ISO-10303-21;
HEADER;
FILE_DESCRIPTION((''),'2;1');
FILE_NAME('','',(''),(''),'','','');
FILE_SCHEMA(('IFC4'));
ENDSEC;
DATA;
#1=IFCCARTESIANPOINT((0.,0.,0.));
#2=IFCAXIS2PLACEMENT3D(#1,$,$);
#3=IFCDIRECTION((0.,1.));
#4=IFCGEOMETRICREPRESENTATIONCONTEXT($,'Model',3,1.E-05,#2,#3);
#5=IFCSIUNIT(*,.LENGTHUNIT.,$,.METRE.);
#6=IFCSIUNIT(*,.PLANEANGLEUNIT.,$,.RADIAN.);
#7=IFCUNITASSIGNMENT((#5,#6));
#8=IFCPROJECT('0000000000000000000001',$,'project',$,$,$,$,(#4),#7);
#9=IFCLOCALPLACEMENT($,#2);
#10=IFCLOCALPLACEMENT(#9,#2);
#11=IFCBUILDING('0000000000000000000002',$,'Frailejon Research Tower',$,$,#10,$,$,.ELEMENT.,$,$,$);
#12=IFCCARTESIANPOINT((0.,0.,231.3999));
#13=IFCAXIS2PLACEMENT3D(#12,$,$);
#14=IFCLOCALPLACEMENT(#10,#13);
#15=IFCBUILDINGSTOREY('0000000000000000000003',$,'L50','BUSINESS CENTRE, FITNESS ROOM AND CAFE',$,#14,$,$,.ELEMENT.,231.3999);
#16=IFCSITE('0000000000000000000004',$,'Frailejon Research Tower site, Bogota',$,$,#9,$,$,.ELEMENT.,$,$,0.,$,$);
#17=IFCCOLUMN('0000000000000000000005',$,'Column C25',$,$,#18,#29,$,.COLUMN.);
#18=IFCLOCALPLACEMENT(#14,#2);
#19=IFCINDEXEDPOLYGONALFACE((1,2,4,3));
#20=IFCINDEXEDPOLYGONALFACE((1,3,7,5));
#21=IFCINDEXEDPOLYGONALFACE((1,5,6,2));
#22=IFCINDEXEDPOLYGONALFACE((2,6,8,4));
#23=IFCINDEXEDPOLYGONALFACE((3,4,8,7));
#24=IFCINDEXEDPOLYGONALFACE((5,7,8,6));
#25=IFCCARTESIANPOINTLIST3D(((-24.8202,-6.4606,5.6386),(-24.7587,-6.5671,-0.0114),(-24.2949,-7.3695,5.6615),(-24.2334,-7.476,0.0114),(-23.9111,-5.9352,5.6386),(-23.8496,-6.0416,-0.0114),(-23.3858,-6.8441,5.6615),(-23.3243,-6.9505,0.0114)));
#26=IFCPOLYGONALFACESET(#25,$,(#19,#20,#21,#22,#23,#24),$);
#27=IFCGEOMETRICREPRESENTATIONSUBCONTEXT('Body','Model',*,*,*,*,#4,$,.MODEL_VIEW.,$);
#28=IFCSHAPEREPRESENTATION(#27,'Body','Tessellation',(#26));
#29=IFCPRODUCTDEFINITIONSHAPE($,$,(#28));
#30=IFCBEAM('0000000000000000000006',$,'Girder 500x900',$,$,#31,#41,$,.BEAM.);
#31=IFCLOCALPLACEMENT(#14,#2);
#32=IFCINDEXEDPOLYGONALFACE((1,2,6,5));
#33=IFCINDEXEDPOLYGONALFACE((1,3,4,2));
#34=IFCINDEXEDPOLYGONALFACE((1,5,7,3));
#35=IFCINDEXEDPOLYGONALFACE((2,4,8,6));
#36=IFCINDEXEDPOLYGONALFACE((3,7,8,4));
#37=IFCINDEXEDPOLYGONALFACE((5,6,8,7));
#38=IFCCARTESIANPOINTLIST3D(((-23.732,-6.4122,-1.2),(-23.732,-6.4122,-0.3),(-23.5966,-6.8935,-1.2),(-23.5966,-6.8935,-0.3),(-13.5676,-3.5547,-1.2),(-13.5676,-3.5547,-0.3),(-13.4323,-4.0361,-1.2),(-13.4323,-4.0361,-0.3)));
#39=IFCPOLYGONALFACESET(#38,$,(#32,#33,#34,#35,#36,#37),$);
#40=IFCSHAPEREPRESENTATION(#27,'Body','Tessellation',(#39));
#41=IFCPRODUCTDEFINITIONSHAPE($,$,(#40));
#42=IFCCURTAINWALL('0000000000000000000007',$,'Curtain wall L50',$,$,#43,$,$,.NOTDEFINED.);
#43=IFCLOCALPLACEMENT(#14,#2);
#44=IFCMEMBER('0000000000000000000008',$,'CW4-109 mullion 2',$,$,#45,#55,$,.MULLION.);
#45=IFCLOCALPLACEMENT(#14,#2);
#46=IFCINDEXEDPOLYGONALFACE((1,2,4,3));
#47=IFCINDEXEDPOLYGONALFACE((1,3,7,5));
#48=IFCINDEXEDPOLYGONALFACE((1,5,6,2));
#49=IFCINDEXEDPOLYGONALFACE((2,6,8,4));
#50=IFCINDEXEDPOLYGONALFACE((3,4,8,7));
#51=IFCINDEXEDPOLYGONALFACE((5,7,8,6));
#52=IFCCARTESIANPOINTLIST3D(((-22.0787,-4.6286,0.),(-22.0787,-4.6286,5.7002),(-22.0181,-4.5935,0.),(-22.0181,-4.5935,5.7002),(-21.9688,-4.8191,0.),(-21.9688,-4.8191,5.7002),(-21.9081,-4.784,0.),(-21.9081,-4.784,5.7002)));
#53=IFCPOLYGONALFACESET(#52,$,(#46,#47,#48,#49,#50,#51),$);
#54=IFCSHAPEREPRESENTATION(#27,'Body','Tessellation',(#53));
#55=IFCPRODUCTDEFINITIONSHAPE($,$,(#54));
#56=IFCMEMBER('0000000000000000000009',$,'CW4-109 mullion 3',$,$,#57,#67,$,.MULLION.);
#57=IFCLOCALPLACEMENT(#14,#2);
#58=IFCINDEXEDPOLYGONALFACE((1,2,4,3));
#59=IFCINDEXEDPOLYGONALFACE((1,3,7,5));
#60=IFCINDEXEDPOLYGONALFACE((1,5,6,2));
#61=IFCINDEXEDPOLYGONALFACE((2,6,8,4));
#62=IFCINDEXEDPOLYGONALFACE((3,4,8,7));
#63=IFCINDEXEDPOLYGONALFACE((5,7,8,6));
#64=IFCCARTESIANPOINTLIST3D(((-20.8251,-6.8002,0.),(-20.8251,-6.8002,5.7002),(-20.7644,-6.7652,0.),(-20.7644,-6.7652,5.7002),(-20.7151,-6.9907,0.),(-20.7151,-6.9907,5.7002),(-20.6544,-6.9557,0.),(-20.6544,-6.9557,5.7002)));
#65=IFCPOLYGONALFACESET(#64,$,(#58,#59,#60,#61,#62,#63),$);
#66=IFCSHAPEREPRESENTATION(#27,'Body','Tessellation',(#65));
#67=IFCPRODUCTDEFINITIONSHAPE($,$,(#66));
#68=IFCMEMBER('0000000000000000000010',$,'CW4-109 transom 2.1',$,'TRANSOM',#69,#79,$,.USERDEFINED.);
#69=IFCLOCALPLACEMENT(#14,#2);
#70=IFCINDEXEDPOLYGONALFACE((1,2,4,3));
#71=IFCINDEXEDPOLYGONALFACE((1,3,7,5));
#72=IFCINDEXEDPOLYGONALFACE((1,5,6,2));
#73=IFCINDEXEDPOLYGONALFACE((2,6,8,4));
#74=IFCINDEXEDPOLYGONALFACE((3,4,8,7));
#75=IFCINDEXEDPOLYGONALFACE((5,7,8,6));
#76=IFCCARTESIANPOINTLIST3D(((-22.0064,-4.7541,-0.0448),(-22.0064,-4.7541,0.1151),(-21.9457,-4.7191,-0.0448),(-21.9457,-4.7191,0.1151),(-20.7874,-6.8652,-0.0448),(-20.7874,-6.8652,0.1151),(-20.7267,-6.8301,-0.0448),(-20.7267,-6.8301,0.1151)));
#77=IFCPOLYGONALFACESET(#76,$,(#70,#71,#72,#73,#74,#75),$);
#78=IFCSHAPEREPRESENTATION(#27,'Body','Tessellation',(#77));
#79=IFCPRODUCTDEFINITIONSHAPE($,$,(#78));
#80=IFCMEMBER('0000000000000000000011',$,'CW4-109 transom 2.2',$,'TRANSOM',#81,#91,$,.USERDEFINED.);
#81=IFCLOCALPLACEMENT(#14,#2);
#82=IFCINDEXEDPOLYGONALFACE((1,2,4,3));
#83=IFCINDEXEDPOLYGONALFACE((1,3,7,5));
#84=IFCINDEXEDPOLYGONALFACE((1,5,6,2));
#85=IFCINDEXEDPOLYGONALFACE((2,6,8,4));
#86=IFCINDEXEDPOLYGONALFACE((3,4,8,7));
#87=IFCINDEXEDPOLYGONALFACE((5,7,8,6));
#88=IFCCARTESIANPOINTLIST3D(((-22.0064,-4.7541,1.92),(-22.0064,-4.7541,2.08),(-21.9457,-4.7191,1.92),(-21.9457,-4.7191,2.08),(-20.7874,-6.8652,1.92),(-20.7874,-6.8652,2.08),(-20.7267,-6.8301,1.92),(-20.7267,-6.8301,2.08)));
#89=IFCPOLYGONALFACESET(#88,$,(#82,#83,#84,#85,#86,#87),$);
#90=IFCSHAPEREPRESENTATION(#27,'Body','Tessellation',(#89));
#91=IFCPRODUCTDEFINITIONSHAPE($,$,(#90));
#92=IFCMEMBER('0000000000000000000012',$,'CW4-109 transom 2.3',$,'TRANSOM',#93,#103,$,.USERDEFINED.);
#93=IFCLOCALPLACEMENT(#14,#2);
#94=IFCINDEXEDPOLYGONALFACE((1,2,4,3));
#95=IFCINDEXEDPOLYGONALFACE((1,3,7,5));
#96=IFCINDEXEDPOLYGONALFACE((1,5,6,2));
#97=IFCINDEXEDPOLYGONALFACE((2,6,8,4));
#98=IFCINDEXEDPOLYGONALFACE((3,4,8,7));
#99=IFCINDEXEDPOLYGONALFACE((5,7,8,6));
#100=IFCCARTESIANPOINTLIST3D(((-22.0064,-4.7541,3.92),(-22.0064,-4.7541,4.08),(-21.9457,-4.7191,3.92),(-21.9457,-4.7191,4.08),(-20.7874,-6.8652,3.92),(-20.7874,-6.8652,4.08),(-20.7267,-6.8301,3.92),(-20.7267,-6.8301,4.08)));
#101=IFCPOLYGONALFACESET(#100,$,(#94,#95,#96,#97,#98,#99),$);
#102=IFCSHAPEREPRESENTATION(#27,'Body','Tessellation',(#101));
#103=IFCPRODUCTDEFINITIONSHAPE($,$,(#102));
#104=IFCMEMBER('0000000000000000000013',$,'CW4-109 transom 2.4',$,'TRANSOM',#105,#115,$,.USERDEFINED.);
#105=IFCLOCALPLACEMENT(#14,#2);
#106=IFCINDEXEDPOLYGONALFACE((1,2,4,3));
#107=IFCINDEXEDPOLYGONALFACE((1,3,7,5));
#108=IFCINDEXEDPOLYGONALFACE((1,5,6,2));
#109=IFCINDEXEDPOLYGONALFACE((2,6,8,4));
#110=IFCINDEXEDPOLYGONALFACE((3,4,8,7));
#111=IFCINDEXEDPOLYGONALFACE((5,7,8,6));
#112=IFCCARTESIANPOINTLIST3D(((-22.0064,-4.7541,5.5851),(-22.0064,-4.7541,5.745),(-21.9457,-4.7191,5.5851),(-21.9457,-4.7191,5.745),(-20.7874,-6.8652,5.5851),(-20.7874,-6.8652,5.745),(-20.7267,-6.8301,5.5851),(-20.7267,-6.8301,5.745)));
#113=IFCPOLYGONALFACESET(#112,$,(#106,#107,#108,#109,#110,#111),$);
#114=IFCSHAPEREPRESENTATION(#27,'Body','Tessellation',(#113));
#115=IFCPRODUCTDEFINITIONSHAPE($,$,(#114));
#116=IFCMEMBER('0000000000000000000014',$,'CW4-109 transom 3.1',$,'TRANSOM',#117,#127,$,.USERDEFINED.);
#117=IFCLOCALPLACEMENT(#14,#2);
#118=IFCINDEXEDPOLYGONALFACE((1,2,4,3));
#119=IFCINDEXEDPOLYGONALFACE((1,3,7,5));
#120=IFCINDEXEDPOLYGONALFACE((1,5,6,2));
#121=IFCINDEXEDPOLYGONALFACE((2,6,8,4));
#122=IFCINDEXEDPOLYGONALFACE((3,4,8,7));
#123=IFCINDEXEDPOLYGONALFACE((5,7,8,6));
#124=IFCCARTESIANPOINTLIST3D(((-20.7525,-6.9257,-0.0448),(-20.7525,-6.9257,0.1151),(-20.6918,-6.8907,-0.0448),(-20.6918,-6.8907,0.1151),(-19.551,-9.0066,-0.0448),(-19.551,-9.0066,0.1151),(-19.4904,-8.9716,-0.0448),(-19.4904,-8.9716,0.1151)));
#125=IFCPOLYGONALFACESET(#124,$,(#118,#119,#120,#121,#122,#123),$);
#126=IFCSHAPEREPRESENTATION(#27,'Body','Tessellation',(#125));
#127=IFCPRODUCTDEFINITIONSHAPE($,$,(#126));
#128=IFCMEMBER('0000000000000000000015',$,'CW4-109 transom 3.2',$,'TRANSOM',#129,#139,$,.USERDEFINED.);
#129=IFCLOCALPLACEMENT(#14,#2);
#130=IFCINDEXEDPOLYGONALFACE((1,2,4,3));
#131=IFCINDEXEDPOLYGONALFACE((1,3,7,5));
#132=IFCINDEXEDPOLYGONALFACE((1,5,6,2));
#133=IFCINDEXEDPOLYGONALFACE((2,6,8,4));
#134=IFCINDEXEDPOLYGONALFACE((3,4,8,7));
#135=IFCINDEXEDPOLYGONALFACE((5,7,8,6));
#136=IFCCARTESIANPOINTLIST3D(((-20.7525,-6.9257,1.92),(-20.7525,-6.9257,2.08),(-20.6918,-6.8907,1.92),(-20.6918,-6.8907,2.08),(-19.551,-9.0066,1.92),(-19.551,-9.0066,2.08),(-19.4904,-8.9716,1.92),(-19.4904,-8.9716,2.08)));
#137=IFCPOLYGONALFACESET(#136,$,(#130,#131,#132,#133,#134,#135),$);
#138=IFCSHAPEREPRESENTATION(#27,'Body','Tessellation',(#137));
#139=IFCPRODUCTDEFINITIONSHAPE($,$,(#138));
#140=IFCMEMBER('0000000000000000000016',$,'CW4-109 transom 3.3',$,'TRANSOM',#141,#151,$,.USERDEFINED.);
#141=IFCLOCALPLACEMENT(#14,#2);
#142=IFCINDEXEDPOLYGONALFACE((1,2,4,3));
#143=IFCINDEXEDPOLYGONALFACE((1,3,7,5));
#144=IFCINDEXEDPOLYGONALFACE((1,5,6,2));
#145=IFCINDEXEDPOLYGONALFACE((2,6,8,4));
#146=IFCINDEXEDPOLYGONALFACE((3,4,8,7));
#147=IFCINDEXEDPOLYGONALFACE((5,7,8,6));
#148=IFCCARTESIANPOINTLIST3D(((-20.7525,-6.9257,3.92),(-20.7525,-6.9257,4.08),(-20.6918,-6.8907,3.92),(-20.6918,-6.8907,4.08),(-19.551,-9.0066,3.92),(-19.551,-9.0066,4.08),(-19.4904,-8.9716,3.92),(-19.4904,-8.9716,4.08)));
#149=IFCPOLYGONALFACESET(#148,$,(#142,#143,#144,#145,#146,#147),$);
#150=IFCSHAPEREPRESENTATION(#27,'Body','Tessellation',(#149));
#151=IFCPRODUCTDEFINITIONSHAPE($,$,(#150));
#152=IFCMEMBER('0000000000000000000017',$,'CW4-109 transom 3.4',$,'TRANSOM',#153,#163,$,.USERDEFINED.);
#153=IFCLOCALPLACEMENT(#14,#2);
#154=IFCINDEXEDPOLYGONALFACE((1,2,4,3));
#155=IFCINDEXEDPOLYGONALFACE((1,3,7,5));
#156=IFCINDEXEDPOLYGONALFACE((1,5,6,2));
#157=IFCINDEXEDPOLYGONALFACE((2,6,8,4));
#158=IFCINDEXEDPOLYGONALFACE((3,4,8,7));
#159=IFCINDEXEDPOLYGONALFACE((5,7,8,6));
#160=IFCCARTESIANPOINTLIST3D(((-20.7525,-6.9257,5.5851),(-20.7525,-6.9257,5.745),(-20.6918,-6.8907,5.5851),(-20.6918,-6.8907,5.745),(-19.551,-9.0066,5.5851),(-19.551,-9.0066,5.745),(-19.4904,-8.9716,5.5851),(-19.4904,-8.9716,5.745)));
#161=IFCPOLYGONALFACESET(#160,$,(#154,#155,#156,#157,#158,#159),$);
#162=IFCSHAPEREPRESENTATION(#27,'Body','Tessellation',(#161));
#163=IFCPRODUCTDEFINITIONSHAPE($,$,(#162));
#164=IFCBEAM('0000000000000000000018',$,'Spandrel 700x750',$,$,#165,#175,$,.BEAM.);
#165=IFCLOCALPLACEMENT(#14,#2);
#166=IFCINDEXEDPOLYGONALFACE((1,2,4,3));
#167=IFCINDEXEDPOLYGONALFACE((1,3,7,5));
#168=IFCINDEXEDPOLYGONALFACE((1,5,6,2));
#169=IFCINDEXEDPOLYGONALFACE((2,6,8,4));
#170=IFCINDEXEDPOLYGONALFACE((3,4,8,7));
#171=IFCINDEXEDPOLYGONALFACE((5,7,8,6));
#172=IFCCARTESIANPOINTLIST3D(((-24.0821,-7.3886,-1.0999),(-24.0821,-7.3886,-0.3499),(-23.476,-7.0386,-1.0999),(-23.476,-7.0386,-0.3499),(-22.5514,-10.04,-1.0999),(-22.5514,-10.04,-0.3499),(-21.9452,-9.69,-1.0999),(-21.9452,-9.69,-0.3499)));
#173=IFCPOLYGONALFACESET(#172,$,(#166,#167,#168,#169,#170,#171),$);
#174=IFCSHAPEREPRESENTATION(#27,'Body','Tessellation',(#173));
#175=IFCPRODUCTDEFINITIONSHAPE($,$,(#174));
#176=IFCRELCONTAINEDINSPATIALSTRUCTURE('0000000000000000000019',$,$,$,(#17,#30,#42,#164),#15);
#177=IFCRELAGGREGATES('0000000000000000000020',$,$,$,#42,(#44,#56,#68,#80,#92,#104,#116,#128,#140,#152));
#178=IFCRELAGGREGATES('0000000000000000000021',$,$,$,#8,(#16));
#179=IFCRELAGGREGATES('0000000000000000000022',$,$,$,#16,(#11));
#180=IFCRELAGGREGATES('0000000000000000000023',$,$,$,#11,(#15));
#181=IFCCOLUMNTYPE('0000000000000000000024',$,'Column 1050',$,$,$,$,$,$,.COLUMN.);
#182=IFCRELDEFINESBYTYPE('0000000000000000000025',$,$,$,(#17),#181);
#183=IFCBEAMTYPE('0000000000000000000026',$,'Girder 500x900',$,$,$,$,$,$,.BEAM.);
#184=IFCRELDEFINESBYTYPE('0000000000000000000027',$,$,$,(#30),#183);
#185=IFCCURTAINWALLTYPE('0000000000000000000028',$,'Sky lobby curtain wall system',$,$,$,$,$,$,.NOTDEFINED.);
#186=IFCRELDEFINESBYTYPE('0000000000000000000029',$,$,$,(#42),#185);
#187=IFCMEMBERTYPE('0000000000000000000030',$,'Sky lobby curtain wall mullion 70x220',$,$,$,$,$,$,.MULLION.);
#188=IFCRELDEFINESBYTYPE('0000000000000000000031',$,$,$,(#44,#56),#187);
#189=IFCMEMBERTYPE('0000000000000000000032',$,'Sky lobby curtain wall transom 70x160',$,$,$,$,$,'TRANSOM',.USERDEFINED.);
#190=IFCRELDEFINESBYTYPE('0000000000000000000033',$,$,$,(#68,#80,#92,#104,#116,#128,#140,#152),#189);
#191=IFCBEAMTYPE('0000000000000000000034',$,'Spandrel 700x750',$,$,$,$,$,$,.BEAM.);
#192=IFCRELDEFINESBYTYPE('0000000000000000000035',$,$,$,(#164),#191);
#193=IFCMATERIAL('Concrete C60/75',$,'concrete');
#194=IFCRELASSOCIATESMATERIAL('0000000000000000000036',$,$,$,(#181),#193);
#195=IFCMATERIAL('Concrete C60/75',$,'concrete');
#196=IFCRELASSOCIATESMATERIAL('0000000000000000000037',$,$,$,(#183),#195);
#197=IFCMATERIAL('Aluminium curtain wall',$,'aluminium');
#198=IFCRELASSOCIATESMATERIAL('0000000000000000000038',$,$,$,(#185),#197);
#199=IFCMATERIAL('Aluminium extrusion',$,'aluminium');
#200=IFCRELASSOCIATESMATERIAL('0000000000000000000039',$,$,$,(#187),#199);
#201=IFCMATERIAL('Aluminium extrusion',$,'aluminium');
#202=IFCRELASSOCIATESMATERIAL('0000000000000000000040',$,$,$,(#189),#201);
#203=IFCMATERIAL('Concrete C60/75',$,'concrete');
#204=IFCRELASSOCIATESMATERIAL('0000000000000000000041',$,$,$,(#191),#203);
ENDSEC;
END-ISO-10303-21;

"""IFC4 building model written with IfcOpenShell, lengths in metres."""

from ifc_helpers import new_model, si_unit, direction, frame, origin, origin_2d, place, context, subcontext, project, spatial, rectangle, extrude, material, material_profile, profile_set, type_object, element, aggregate, save


model = new_model("IFC4")

# Units and contexts
model_context = context("Model", 3, precision=1e-05, world=origin(), true_north=direction((0.0, 1.0)))
body_context = subcontext(model_context, "Body", "Model", "MODEL_VIEW")
ifc_project = project(units=[si_unit("LENGTHUNIT", "METRE"), si_unit("PLANEANGLEUNIT", "RADIAN")], contexts=[model_context])

# Site, building, storey
site_placement = place(None, origin())
site = spatial("IfcSite", under=ifc_project, at=site_placement, Name="Frailejon Research Tower site, Bogota", CompositionType="ELEMENT", RefElevation=0.0)
building_placement = place(site_placement, origin())
building = spatial("IfcBuilding", under=site, at=building_placement, Name="Frailejon Research Tower", CompositionType="ELEMENT")
storey_placement = place(building_placement, frame((0.0, 0.0, 231.3999)))
storey = spatial("IfcBuildingStorey", under=building, at=storey_placement, Name="L50", Description="BUSINESS CENTRE, FITNESS ROOM AND CAFE", CompositionType="ELEMENT", Elevation=231.3999)

# Column
ifc_material_1 = material(Name="Concrete C60/75", Category="concrete")
ifc_material_profile_1 = material_profile(ifc_material_1, rectangle(XDim=1.05, YDim=1.05, at=origin_2d()), Name="Column 1050")
ifc_profile_set_1 = profile_set([ifc_material_profile_1], Name="Concrete C60/75")
column_type = type_object("IfcColumnType", Name="Column 1050", PredefinedType="COLUMN", material=ifc_profile_set_1)
column_placement = place(storey_placement, frame((-24.0415, -6.7588, 0.0), z_axis=(-0.010886, 0.018835, 0.999763), x_axis=(0.500282, -0.865589, 0.021755)))
element("IfcColumn", 1, at=column_placement, inside=storey, type_object=column_type, Name="Column C25", PredefinedType="COLUMN", context=body_context, shape_type="SweptSolid", body=[
    extrude(rectangle(XDim=1.05, YDim=1.05, at=origin_2d()), origin(), (0.0, 0.0, 1.0), 5.6514),
])

# Beam
ifc_material_2 = material(Name="Concrete C60/75", Category="concrete")
ifc_material_profile_2 = material_profile(ifc_material_2, rectangle(XDim=0.5, YDim=0.8999, at=origin_2d()), Name="Girder 500x900")
ifc_profile_set_2 = profile_set([ifc_material_profile_2], Name="Concrete C60/75")
beam_type_1 = type_object("IfcBeamType", Name="Girder 500x900", PredefinedType="BEAM", material=ifc_profile_set_2)
beam_1_placement = place(storey_placement, frame((-23.6643, -6.6528, -0.75), z_axis=(0.962683, 0.270632, 0.0), x_axis=(-0.270632, 0.962683, 0.0)))
element("IfcBeam", 2, at=beam_1_placement, inside=storey, type_object=beam_type_1, Name="Girder 500x900", PredefinedType="BEAM", context=body_context, shape_type="SweptSolid", body=[
    extrude(rectangle(XDim=0.5, YDim=0.8999, at=origin_2d()), origin(), (0.0, 0.0, 1.0), 10.5583),
])

# Curtain wall, members
ifc_material_3 = material(Name="Aluminium curtain wall", Category="aluminium")
curtain_wall_type = type_object("IfcCurtainWallType", Name="Sky lobby curtain wall system", PredefinedType="NOTDEFINED", material=ifc_material_3)
curtain_wall_placement = place(storey_placement, origin())
curtain_wall = element("IfcCurtainWall", 3, at=curtain_wall_placement, inside=storey, type_object=curtain_wall_type, Name="Curtain wall L50", PredefinedType="NOTDEFINED")
ifc_material_4 = material(Name="Aluminium extrusion", Category="aluminium")
ifc_material_profile_3 = material_profile(ifc_material_4, rectangle(XDim=0.0701, YDim=0.22, at=origin_2d()), Name="Sky lobby curtain wall mullion 70x220")
ifc_profile_set_3 = profile_set([ifc_material_profile_3], Name="Aluminium extrusion")
member_type_1 = type_object("IfcMemberType", Name="Sky lobby curtain wall mullion 70x220", PredefinedType="MULLION", material=ifc_profile_set_3)
member_1_placement = place(storey_placement, frame((-21.9934, -4.7063, 0.0), z_axis=(0.0, 0.0, 1.0), x_axis=(0.866025, 0.500001, 0.0)))
member_1 = element("IfcMember", 4, at=member_1_placement, type_object=member_type_1, Name="CW4-109 mullion 2", PredefinedType="MULLION", context=body_context, shape_type="SweptSolid", body=[
    extrude(rectangle(XDim=0.0701, YDim=0.22, at=origin_2d()), origin(), (0.0, 0.0, 1.0), 5.7002),
])
member_2_placement = place(storey_placement, frame((-20.7397, -6.8779, 0.0), z_axis=(0.0, 0.0, 1.0), x_axis=(0.866025, 0.500001, 0.0)))
member_2 = element("IfcMember", 5, at=member_2_placement, type_object=member_type_1, Name="CW4-109 mullion 3", PredefinedType="MULLION", context=body_context, shape_type="SweptSolid", body=[
    extrude(rectangle(XDim=0.0701, YDim=0.22, at=origin_2d()), origin(), (0.0, 0.0, 1.0), 5.7002),
])
ifc_material_5 = material(Name="Aluminium extrusion", Category="aluminium")
ifc_material_profile_4 = material_profile(ifc_material_5, rectangle(XDim=0.0701, YDim=0.1599, at=origin_2d()), Name="Sky lobby curtain wall transom 70x160")
ifc_profile_set_4 = profile_set([ifc_material_profile_4], Name="Aluminium extrusion")
member_type_2 = type_object("IfcMemberType", Name="Sky lobby curtain wall transom 70x160", ElementType="TRANSOM", PredefinedType="USERDEFINED", material=ifc_profile_set_4)
member_3_placement = place(storey_placement, frame((-21.9761, -4.7366, 0.0352), z_axis=(0.500049, -0.865997, 0.0), x_axis=(0.865997, 0.500049, 0.0)))
member_3 = element("IfcMember", 6, at=member_3_placement, type_object=member_type_2, Name="CW4-109 transom 2.1", ObjectType="TRANSOM", PredefinedType="USERDEFINED", context=body_context, shape_type="SweptSolid", body=[
    extrude(rectangle(XDim=0.0701, YDim=0.1599, at=origin_2d()), origin(), (0.0, 0.0, 1.0), 2.4377),
])
member_4_placement = place(storey_placement, frame((-21.9761, -4.7366, 2.0), z_axis=(0.500049, -0.865997, 0.0), x_axis=(0.865997, 0.500049, 0.0)))
member_4 = element("IfcMember", 7, at=member_4_placement, type_object=member_type_2, Name="CW4-109 transom 2.2", ObjectType="TRANSOM", PredefinedType="USERDEFINED", context=body_context, shape_type="SweptSolid", body=[
    extrude(rectangle(XDim=0.0701, YDim=0.1599, at=origin_2d()), origin(), (0.0, 0.0, 1.0), 2.4377),
])
member_5_placement = place(storey_placement, frame((-21.9761, -4.7366, 4.0), z_axis=(0.500049, -0.865997, 0.0), x_axis=(0.865997, 0.500049, 0.0)))
member_5 = element("IfcMember", 8, at=member_5_placement, type_object=member_type_2, Name="CW4-109 transom 2.3", ObjectType="TRANSOM", PredefinedType="USERDEFINED", context=body_context, shape_type="SweptSolid", body=[
    extrude(rectangle(XDim=0.0701, YDim=0.1599, at=origin_2d()), origin(), (0.0, 0.0, 1.0), 2.4377),
])
member_6_placement = place(storey_placement, frame((-21.9761, -4.7366, 5.665), z_axis=(0.500049, -0.865997, 0.0), x_axis=(0.865997, 0.500049, 0.0)))
member_6 = element("IfcMember", 9, at=member_6_placement, type_object=member_type_2, Name="CW4-109 transom 2.4", ObjectType="TRANSOM", PredefinedType="USERDEFINED", context=body_context, shape_type="SweptSolid", body=[
    extrude(rectangle(XDim=0.0701, YDim=0.1599, at=origin_2d()), origin(), (0.0, 0.0, 1.0), 2.4377),
])
member_7_placement = place(storey_placement, frame((-20.7222, -6.9082, 0.0352), z_axis=(0.500019, -0.866015, 0.0), x_axis=(0.866015, 0.500019, 0.0)))
member_7 = element("IfcMember", 10, at=member_7_placement, type_object=member_type_2, Name="CW4-109 transom 3.1", ObjectType="TRANSOM", PredefinedType="USERDEFINED", context=body_context, shape_type="SweptSolid", body=[
    extrude(rectangle(XDim=0.0701, YDim=0.1599, at=origin_2d()), origin(), (0.0, 0.0, 1.0), 2.4028),
])
member_8_placement = place(storey_placement, frame((-20.7222, -6.9082, 2.0), z_axis=(0.500019, -0.866015, 0.0), x_axis=(0.866015, 0.500019, 0.0)))
member_8 = element("IfcMember", 11, at=member_8_placement, type_object=member_type_2, Name="CW4-109 transom 3.2", ObjectType="TRANSOM", PredefinedType="USERDEFINED", context=body_context, shape_type="SweptSolid", body=[
    extrude(rectangle(XDim=0.0701, YDim=0.1599, at=origin_2d()), origin(), (0.0, 0.0, 1.0), 2.4028),
])
member_9_placement = place(storey_placement, frame((-20.7222, -6.9082, 4.0), z_axis=(0.500019, -0.866015, 0.0), x_axis=(0.866015, 0.500019, 0.0)))
member_9 = element("IfcMember", 12, at=member_9_placement, type_object=member_type_2, Name="CW4-109 transom 3.3", ObjectType="TRANSOM", PredefinedType="USERDEFINED", context=body_context, shape_type="SweptSolid", body=[
    extrude(rectangle(XDim=0.0701, YDim=0.1599, at=origin_2d()), origin(), (0.0, 0.0, 1.0), 2.4028),
])
member_10_placement = place(storey_placement, frame((-20.7222, -6.9082, 5.665), z_axis=(0.500019, -0.866015, 0.0), x_axis=(0.866015, 0.500019, 0.0)))
member_10 = element("IfcMember", 13, at=member_10_placement, type_object=member_type_2, Name="CW4-109 transom 3.4", ObjectType="TRANSOM", PredefinedType="USERDEFINED", context=body_context, shape_type="SweptSolid", body=[
    extrude(rectangle(XDim=0.0701, YDim=0.1599, at=origin_2d()), origin(), (0.0, 0.0, 1.0), 2.4028),
])

# Beam
ifc_material_6 = material(Name="Concrete C60/75", Category="concrete")
ifc_material_profile_5 = material_profile(ifc_material_6, rectangle(XDim=0.7, YDim=0.75, at=origin_2d()), Name="Spandrel 700x750")
ifc_profile_set_5 = profile_set([ifc_material_profile_5], Name="Concrete C60/75")
beam_type_2 = type_object("IfcBeamType", Name="Spandrel 700x750", PredefinedType="BEAM", material=ifc_profile_set_5)
beam_2_placement = place(storey_placement, frame((-23.7791, -7.2136, -0.7249), z_axis=(0.499999, -0.866026, 0.0), x_axis=(0.866026, 0.499999, 0.0)))
element("IfcBeam", 14, at=beam_2_placement, inside=storey, type_object=beam_type_2, Name="Spandrel 700x750", PredefinedType="BEAM", context=body_context, shape_type="SweptSolid", body=[
    extrude(rectangle(XDim=0.7, YDim=0.75, at=origin_2d()), origin(), (0.0, 0.0, 1.0), 3.0615),
])

aggregate(curtain_wall, [member_1, member_2, member_3, member_4, member_5, member_6, member_7, member_8, member_9, member_10])

save(model, "model.ifc")
